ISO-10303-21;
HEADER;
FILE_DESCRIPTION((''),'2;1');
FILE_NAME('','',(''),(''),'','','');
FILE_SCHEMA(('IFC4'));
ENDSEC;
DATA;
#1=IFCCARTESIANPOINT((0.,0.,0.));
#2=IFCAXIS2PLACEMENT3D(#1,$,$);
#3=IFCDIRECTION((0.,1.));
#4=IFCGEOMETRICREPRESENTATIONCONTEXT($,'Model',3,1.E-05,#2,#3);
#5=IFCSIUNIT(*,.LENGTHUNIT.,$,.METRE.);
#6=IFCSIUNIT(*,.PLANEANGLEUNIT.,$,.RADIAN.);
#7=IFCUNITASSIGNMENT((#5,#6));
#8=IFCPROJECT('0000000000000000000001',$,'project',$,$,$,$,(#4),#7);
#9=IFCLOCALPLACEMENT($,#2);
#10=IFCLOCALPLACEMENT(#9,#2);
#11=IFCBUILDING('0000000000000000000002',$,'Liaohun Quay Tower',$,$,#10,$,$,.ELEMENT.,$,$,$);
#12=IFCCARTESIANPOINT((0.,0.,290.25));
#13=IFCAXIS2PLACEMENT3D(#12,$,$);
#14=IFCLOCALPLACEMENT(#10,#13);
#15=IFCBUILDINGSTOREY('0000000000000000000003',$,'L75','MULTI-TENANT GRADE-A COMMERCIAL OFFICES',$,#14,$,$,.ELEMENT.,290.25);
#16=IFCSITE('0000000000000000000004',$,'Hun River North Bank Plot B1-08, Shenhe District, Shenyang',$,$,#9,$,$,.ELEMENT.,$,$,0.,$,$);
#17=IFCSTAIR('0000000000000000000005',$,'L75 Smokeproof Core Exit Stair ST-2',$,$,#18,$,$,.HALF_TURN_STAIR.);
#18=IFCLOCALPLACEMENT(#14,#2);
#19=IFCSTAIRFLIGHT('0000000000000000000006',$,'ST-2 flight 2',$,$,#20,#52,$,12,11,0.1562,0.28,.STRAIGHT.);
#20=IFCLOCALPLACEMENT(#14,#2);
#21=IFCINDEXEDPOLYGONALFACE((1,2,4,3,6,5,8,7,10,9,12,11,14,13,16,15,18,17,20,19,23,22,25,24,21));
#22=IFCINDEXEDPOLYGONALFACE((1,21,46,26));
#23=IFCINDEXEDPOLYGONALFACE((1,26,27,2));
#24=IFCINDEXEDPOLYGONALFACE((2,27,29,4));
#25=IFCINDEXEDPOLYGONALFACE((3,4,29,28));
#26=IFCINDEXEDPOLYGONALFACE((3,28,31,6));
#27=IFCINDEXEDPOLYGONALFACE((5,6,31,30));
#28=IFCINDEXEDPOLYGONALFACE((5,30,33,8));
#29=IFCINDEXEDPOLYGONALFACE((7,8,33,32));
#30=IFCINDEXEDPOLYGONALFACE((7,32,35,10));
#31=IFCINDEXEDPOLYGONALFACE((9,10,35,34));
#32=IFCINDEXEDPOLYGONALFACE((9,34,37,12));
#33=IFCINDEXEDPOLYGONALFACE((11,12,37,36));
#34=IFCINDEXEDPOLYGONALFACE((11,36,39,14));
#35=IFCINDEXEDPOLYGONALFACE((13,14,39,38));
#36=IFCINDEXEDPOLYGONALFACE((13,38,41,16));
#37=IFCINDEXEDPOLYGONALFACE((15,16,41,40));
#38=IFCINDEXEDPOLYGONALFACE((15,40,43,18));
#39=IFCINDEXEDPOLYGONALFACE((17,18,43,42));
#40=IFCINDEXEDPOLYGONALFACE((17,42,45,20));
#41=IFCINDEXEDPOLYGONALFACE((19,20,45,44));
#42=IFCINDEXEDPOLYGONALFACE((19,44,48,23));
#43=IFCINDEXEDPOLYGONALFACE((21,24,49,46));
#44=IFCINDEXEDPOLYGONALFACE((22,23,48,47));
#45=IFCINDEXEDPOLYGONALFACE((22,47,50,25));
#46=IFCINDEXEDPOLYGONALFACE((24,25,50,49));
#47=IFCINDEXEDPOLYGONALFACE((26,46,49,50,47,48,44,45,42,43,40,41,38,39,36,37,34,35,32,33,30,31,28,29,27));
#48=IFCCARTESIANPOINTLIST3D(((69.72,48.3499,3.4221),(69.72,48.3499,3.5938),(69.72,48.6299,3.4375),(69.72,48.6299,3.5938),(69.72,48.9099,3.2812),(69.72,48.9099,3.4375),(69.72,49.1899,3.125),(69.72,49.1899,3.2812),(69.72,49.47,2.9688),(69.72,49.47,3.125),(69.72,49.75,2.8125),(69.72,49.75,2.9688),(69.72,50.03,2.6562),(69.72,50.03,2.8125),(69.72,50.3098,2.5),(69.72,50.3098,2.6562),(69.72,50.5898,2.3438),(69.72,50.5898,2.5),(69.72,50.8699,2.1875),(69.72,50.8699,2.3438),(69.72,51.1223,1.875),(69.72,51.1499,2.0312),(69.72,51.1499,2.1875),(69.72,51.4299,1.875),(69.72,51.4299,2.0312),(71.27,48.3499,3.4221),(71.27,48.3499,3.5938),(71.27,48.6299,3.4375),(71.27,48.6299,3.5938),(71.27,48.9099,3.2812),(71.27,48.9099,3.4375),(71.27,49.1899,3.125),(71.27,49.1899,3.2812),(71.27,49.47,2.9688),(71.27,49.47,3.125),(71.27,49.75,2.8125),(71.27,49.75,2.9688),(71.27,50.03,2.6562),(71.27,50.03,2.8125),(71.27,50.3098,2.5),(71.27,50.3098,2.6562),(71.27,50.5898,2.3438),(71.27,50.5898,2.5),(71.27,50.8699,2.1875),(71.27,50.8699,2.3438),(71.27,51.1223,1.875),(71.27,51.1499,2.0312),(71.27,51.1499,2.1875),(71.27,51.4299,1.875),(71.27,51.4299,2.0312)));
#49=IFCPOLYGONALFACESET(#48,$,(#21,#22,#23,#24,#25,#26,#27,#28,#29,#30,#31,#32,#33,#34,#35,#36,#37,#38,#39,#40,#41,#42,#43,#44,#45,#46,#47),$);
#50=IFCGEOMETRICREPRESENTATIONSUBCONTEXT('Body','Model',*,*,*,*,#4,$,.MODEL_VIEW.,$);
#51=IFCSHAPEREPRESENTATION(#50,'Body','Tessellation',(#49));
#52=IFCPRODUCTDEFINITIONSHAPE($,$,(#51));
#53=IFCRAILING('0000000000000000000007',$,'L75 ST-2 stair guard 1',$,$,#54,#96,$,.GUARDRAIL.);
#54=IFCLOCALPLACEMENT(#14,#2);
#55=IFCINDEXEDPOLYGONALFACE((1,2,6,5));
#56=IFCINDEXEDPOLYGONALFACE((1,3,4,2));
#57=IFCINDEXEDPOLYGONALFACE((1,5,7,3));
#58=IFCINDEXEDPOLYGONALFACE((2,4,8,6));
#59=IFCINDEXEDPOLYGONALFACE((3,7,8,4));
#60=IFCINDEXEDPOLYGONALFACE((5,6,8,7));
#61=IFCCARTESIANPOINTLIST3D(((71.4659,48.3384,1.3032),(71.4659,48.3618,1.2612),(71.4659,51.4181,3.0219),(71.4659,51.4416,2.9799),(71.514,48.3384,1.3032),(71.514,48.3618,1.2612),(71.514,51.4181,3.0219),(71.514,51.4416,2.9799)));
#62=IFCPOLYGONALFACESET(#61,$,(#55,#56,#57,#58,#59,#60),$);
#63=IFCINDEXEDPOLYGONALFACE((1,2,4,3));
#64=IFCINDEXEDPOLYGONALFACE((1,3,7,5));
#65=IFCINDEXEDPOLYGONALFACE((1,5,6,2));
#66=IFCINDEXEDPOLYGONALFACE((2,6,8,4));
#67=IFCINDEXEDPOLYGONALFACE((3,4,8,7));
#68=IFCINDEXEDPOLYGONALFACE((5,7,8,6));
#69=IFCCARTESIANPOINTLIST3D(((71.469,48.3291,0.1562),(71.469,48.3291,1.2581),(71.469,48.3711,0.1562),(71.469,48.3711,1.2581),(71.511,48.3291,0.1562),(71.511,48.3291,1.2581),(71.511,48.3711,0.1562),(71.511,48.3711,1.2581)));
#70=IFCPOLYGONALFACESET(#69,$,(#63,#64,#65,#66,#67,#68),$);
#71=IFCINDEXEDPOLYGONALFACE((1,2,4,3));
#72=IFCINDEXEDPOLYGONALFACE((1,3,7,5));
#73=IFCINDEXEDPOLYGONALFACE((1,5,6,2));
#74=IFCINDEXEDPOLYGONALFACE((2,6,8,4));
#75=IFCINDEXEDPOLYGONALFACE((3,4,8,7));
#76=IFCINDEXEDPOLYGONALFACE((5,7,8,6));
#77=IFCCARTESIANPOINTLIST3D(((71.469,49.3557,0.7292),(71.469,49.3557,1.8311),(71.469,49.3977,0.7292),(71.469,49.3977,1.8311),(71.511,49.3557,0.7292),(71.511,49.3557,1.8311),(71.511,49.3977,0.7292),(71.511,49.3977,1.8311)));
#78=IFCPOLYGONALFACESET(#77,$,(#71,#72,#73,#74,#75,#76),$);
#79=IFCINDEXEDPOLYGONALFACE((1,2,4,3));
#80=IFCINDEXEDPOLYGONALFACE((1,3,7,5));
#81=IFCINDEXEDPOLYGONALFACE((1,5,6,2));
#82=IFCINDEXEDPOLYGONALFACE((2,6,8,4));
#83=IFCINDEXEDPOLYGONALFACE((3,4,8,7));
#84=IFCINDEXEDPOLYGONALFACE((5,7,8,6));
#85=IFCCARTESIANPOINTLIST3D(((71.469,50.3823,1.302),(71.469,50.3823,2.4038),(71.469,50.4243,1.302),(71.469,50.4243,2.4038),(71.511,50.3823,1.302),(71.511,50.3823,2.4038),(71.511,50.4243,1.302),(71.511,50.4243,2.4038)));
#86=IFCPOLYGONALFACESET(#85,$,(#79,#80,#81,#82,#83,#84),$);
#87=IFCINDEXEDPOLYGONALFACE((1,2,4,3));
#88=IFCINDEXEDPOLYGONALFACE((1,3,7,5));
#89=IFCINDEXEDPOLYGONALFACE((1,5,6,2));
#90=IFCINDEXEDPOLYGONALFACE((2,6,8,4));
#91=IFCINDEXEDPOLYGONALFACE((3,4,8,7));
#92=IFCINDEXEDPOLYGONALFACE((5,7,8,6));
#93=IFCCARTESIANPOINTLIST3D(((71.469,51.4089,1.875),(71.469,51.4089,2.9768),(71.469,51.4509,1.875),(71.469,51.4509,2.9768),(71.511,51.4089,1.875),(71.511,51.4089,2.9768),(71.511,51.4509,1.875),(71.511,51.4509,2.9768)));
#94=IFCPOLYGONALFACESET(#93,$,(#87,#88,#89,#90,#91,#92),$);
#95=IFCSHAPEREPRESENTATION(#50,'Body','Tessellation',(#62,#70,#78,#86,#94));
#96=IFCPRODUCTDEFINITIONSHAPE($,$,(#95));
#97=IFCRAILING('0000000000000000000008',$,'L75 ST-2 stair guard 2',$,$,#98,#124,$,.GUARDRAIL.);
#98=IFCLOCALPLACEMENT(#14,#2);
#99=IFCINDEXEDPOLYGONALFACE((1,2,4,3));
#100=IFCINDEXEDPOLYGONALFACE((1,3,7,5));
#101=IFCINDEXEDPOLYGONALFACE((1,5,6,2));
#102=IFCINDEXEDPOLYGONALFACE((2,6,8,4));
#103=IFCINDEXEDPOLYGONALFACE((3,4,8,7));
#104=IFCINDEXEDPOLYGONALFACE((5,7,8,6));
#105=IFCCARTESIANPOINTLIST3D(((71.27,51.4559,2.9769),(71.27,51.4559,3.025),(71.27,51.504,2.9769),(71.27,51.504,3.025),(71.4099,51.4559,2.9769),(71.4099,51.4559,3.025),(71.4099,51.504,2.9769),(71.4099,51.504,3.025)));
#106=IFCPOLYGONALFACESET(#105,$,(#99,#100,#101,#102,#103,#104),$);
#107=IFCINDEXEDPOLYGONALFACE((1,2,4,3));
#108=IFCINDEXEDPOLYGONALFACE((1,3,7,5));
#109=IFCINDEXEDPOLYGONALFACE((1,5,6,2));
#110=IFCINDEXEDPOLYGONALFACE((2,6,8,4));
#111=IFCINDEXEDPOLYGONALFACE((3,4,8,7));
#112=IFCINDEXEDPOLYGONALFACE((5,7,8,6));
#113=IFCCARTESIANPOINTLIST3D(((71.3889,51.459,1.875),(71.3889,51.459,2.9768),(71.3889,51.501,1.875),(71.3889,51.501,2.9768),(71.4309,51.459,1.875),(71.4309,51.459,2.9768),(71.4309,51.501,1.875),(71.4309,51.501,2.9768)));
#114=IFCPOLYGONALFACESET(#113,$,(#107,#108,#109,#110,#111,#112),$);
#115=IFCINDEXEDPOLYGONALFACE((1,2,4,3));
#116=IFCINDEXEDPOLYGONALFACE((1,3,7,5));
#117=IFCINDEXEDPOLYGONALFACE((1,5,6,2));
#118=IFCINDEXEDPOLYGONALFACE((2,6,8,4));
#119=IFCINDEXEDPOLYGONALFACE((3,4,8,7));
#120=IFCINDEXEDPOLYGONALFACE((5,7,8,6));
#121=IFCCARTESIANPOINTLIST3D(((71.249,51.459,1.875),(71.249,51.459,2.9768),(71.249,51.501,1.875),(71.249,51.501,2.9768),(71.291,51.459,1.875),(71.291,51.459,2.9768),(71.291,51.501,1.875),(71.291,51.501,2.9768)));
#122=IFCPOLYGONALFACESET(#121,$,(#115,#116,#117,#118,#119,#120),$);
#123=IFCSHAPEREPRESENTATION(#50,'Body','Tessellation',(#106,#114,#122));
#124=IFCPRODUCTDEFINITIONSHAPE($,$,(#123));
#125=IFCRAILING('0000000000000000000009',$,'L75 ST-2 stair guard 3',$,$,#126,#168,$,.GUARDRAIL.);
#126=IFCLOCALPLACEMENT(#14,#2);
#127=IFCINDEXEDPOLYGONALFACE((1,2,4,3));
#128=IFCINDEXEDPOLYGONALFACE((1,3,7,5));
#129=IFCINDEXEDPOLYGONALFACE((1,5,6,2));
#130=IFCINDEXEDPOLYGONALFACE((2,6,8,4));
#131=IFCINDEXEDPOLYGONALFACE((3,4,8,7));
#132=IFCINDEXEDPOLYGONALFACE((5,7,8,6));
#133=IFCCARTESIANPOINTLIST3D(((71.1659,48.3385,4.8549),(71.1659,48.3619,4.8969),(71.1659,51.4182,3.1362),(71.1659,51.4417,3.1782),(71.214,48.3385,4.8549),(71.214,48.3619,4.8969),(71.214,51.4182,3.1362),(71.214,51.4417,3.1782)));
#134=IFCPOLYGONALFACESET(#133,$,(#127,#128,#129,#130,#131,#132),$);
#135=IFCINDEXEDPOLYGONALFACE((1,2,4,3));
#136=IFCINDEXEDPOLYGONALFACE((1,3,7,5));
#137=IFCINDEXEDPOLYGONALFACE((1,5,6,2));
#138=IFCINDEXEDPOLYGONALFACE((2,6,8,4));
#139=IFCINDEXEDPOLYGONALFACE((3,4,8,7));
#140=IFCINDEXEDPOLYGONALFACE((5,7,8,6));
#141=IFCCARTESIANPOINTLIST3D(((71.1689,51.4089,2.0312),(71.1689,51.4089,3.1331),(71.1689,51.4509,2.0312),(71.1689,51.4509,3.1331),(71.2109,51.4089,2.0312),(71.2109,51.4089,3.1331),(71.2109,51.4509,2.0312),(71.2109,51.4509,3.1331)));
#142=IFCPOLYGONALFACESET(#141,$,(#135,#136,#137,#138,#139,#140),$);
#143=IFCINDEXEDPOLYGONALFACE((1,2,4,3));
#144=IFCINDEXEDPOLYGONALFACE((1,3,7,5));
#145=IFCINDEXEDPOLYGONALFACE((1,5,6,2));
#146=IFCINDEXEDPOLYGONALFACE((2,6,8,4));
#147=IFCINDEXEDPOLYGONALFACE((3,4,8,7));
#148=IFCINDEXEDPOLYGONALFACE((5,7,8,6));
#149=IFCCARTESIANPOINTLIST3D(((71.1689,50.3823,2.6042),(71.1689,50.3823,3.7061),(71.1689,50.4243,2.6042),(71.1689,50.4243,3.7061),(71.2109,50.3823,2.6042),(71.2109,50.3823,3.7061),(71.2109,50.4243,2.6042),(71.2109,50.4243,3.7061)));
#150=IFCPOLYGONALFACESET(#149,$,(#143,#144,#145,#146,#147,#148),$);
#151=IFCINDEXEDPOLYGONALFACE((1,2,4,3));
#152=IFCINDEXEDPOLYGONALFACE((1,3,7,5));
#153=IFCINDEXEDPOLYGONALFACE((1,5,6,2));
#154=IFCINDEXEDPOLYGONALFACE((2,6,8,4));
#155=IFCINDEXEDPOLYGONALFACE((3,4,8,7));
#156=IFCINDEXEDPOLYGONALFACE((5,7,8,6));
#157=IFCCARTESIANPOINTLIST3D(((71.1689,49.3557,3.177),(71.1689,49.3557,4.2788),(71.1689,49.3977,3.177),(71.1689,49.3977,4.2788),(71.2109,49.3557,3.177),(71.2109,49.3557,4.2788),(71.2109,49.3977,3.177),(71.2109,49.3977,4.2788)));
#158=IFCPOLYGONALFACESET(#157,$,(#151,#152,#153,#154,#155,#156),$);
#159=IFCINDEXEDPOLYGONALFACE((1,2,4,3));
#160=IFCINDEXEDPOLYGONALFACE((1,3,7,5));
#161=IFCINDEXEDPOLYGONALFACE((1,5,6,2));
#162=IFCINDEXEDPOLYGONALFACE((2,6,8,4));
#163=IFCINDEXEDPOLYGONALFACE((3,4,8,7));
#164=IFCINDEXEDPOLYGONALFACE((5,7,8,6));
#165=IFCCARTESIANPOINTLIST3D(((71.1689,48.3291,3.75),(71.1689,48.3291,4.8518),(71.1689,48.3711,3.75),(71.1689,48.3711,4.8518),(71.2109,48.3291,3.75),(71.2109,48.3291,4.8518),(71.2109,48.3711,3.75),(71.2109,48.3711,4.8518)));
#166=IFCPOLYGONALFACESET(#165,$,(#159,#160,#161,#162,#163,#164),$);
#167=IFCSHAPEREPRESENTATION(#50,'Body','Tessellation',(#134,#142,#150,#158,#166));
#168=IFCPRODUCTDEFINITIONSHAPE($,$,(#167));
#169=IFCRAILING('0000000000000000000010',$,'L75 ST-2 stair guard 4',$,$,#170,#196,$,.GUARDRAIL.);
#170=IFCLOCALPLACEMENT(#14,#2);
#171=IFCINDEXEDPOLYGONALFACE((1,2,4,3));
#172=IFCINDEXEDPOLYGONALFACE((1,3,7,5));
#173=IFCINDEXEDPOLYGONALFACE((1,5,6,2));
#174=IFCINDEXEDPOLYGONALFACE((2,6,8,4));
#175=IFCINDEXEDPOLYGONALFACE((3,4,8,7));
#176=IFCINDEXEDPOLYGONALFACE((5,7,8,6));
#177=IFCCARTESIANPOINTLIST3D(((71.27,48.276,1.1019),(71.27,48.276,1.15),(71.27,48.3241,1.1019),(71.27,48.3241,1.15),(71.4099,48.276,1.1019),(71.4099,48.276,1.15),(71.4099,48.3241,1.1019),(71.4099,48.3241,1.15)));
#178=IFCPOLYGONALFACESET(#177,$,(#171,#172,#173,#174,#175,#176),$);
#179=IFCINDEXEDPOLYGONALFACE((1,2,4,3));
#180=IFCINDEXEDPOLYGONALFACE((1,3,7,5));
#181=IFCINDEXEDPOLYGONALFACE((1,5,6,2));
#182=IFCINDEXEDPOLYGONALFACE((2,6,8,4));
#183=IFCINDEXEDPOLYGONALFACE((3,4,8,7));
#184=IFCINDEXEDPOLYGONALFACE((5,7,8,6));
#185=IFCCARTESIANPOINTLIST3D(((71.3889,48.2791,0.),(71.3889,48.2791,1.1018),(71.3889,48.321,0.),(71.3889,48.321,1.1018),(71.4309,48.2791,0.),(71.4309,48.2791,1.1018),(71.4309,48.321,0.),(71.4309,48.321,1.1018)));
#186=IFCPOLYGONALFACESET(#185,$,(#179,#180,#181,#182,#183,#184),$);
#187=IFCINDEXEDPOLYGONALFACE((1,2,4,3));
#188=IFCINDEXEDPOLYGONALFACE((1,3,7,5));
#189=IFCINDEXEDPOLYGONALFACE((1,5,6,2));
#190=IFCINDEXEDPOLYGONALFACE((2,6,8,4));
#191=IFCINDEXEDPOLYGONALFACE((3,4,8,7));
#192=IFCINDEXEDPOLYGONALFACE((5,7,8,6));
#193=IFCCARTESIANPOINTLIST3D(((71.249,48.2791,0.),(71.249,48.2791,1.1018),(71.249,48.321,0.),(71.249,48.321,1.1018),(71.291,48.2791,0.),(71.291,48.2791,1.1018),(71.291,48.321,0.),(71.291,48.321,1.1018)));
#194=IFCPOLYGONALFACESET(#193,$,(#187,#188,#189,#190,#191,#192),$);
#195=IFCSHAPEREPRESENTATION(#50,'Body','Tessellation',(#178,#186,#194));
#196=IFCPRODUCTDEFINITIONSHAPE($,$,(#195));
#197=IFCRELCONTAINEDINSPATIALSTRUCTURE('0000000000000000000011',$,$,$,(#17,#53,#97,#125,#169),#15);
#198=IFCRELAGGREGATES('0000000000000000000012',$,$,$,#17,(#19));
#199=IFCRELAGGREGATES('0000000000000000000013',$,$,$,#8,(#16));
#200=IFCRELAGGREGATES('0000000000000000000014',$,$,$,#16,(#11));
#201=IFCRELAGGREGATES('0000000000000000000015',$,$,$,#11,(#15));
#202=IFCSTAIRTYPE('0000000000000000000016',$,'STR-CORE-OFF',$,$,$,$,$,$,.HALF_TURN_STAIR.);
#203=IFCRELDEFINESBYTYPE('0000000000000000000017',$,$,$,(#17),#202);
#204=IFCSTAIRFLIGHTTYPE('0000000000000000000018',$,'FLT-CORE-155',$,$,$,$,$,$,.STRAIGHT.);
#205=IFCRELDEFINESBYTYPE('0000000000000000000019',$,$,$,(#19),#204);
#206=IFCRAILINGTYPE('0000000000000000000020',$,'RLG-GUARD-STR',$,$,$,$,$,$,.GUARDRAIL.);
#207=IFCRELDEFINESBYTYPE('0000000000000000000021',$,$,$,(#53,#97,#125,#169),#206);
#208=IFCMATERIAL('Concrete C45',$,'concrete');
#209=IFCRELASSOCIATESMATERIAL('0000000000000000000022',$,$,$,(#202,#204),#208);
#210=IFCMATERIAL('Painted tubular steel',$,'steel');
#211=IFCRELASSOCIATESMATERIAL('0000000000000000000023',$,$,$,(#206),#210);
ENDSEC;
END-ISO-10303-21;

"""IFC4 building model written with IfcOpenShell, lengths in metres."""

from ifc_helpers import new_model, si_unit, direction, frame, origin, origin_2d, place, context, subcontext, project, spatial, polyline, rectangle, outline, extrude, material, type_object, element, aggregate, save


model = new_model("IFC4")

# Units and contexts
model_context = context("Model", 3, precision=1e-05, world=origin(), true_north=direction((0.0, 1.0)))
body_context = subcontext(model_context, "Body", "Model", "MODEL_VIEW")
ifc_project = project(units=[si_unit("LENGTHUNIT", "METRE"), si_unit("PLANEANGLEUNIT", "RADIAN")], contexts=[model_context])

# Site, building, storey
site_placement = place(None, origin())
site = spatial("IfcSite", under=ifc_project, at=site_placement, Name="Hun River North Bank Plot B1-08, Shenhe District, Shenyang", CompositionType="ELEMENT", RefElevation=0.0)
building_placement = place(site_placement, origin())
building = spatial("IfcBuilding", under=site, at=building_placement, Name="Liaohun Quay Tower", CompositionType="ELEMENT")
storey_placement = place(building_placement, frame((0.0, 0.0, 290.25)))
storey = spatial("IfcBuildingStorey", under=building, at=storey_placement, Name="L75", Description="MULTI-TENANT GRADE-A COMMERCIAL OFFICES", CompositionType="ELEMENT", Elevation=290.25)

# Stair, stair flight
ifc_material_1 = material(Name="Concrete C45", Category="concrete")
stair_type = type_object("IfcStairType", Name="STR-CORE-OFF", PredefinedType="HALF_TURN_STAIR", material=ifc_material_1)
stair_placement = place(storey_placement, origin())
stair = element("IfcStair", 1, at=stair_placement, inside=storey, type_object=stair_type, Name="L75 Smokeproof Core Exit Stair ST-2", PredefinedType="HALF_TURN_STAIR")
stair_flight_type = type_object("IfcStairFlightType", Name="FLT-CORE-155", PredefinedType="STRAIGHT", material=ifc_material_1)
stair_flight_1_placement = place(storey_placement, frame((70.4951, 51.4299, 1.875), z_axis=(0.0, 0.0, 1.0), x_axis=(0.0, -1.0, 0.0)))
stair_flight_1 = element("IfcStairFlight", 2, at=stair_flight_1_placement, type_object=stair_flight_type, Name="ST-2 flight 2", NumberOfRisers=12, NumberOfTreads=11, PredefinedType="STRAIGHT", RiserHeight=0.1562, TreadLength=0.28, context=body_context, shape_type="SweptSolid", body=[
    extrude(outline(polyline([(0.0, 0.0), (0.0, 0.1562), (0.28, 0.1562), (0.28, 0.3125), (0.5601, 0.3125), (0.5601, 0.4688), (0.8401, 0.4688), (0.8401, 0.625), (1.1201, 0.625), (1.1201, 0.7812), (1.3999, 0.7812), (1.3999, 0.9375), (1.6799, 0.9375), (1.6799, 1.0938), (1.96, 1.0938), (1.96, 1.25), (2.24, 1.25), (2.24, 1.4062), (2.52, 1.4062), (2.52, 1.5625), (2.8, 1.5625), (2.8, 1.7188), (3.0801, 1.7188), (3.0801, 1.875), (3.0801, 1.5471), (0.3076, 0.0), (0.0, 0.0)])), frame((0.0, 0.7749, 0.0), z_axis=(0.0, -1.0, 0.0), x_axis=(1.0, 0.0, 0.0)), (0.0, 0.0, 1.0), 1.55),
])
aggregate(stair, [stair_flight_1])

# Railings
ifc_material_2 = material(Name="Painted tubular steel", Category="steel")
railing_type_1 = type_object("IfcRailingType", Name="RLG-GUARD-STR", PredefinedType="GUARDRAIL", material=ifc_material_2)
railing_1_placement = place(storey_placement, frame((71.49, 48.3501, 0.1562)))
element("IfcRailing", 3, at=railing_1_placement, inside=storey, type_object=railing_type_1, Name="L75 ST-2 stair guard 1", PredefinedType="GUARDRAIL", context=body_context, shape_type="SweptSolid", body=[
    extrude(rectangle(XDim=0.0481, YDim=0.0481, at=origin_2d()), frame((0.0, 0.0, 1.126), z_axis=(0.0, 0.873225, 0.487317), x_axis=(-1.0, 0.0, 0.0)), (0.0, 0.0, 1.0), 3.5269),
    extrude(rectangle(XDim=0.042, YDim=0.042, at=origin_2d()), origin(), (0.0, 0.0, 1.0), 1.1018),
    extrude(rectangle(XDim=0.042, YDim=0.042, at=origin_2d()), frame((0.0, 1.0266, 0.573)), (0.0, 0.0, 1.0), 1.1018),
    extrude(rectangle(XDim=0.042, YDim=0.042, at=origin_2d()), frame((0.0, 2.0532, 1.1458)), (0.0, 0.0, 1.0), 1.1018),
    extrude(rectangle(XDim=0.042, YDim=0.042, at=origin_2d()), frame((0.0, 3.0798, 1.7188)), (0.0, 0.0, 1.0), 1.1018),
])
railing_2_placement = place(storey_placement, frame((71.4099, 51.48, 1.875)))
element("IfcRailing", 4, at=railing_2_placement, inside=storey, type_object=railing_type_1, Name="L75 ST-2 stair guard 2", PredefinedType="GUARDRAIL", context=body_context, shape_type="SweptSolid", body=[
    extrude(rectangle(XDim=0.0481, YDim=0.0481, at=origin_2d()), frame((0.0, 0.0, 1.126), z_axis=(-1.0, 0.0, 0.0), x_axis=(0.0, -1.0, 0.0)), (0.0, 0.0, 1.0), 0.1399),
    extrude(rectangle(XDim=0.042, YDim=0.042, at=origin_2d()), origin(), (0.0, 0.0, 1.0), 1.1018),
    extrude(rectangle(XDim=0.042, YDim=0.042, at=origin_2d()), frame((-0.1399, 0.0, 0.0)), (0.0, 0.0, 1.0), 1.1018),
])
railing_3_placement = place(storey_placement, frame((71.1899, 51.4299, 2.0312)))
element("IfcRailing", 5, at=railing_3_placement, inside=storey, type_object=railing_type_1, Name="L75 ST-2 stair guard 3", PredefinedType="GUARDRAIL", context=body_context, shape_type="SweptSolid", body=[
    extrude(rectangle(XDim=0.0481, YDim=0.0481, at=origin_2d()), frame((0.0, 0.0, 1.126), z_axis=(0.0, -0.873225, 0.487317), x_axis=(1.0, 0.0, 0.0)), (0.0, 0.0, 1.0), 3.5269),
    extrude(rectangle(XDim=0.042, YDim=0.042, at=origin_2d()), origin(), (0.0, 0.0, 1.0), 1.1018),
    extrude(rectangle(XDim=0.042, YDim=0.042, at=origin_2d()), frame((0.0, -1.0266, 0.573)), (0.0, 0.0, 1.0), 1.1018),
    extrude(rectangle(XDim=0.042, YDim=0.042, at=origin_2d()), frame((0.0, -2.0532, 1.1458)), (0.0, 0.0, 1.0), 1.1018),
    extrude(rectangle(XDim=0.042, YDim=0.042, at=origin_2d()), frame((0.0, -3.0798, 1.7188)), (0.0, 0.0, 1.0), 1.1018),
])
railing_4_placement = place(storey_placement, frame((71.4099, 48.3, 0.0)))
element("IfcRailing", 6, at=railing_4_placement, inside=storey, type_object=railing_type_1, Name="L75 ST-2 stair guard 4", PredefinedType="GUARDRAIL", context=body_context, shape_type="SweptSolid", body=[
    extrude(rectangle(XDim=0.0481, YDim=0.0481, at=origin_2d()), frame((0.0, 0.0, 1.126), z_axis=(-1.0, 0.0, 0.0), x_axis=(0.0, -1.0, 0.0)), (0.0, 0.0, 1.0), 0.1399),
    extrude(rectangle(XDim=0.042, YDim=0.042, at=origin_2d()), origin(), (0.0, 0.0, 1.0), 1.1018),
    extrude(rectangle(XDim=0.042, YDim=0.042, at=origin_2d()), frame((-0.1399, 0.0, 0.0)), (0.0, 0.0, 1.0), 1.1018),
])

save(model, "model.ifc")
